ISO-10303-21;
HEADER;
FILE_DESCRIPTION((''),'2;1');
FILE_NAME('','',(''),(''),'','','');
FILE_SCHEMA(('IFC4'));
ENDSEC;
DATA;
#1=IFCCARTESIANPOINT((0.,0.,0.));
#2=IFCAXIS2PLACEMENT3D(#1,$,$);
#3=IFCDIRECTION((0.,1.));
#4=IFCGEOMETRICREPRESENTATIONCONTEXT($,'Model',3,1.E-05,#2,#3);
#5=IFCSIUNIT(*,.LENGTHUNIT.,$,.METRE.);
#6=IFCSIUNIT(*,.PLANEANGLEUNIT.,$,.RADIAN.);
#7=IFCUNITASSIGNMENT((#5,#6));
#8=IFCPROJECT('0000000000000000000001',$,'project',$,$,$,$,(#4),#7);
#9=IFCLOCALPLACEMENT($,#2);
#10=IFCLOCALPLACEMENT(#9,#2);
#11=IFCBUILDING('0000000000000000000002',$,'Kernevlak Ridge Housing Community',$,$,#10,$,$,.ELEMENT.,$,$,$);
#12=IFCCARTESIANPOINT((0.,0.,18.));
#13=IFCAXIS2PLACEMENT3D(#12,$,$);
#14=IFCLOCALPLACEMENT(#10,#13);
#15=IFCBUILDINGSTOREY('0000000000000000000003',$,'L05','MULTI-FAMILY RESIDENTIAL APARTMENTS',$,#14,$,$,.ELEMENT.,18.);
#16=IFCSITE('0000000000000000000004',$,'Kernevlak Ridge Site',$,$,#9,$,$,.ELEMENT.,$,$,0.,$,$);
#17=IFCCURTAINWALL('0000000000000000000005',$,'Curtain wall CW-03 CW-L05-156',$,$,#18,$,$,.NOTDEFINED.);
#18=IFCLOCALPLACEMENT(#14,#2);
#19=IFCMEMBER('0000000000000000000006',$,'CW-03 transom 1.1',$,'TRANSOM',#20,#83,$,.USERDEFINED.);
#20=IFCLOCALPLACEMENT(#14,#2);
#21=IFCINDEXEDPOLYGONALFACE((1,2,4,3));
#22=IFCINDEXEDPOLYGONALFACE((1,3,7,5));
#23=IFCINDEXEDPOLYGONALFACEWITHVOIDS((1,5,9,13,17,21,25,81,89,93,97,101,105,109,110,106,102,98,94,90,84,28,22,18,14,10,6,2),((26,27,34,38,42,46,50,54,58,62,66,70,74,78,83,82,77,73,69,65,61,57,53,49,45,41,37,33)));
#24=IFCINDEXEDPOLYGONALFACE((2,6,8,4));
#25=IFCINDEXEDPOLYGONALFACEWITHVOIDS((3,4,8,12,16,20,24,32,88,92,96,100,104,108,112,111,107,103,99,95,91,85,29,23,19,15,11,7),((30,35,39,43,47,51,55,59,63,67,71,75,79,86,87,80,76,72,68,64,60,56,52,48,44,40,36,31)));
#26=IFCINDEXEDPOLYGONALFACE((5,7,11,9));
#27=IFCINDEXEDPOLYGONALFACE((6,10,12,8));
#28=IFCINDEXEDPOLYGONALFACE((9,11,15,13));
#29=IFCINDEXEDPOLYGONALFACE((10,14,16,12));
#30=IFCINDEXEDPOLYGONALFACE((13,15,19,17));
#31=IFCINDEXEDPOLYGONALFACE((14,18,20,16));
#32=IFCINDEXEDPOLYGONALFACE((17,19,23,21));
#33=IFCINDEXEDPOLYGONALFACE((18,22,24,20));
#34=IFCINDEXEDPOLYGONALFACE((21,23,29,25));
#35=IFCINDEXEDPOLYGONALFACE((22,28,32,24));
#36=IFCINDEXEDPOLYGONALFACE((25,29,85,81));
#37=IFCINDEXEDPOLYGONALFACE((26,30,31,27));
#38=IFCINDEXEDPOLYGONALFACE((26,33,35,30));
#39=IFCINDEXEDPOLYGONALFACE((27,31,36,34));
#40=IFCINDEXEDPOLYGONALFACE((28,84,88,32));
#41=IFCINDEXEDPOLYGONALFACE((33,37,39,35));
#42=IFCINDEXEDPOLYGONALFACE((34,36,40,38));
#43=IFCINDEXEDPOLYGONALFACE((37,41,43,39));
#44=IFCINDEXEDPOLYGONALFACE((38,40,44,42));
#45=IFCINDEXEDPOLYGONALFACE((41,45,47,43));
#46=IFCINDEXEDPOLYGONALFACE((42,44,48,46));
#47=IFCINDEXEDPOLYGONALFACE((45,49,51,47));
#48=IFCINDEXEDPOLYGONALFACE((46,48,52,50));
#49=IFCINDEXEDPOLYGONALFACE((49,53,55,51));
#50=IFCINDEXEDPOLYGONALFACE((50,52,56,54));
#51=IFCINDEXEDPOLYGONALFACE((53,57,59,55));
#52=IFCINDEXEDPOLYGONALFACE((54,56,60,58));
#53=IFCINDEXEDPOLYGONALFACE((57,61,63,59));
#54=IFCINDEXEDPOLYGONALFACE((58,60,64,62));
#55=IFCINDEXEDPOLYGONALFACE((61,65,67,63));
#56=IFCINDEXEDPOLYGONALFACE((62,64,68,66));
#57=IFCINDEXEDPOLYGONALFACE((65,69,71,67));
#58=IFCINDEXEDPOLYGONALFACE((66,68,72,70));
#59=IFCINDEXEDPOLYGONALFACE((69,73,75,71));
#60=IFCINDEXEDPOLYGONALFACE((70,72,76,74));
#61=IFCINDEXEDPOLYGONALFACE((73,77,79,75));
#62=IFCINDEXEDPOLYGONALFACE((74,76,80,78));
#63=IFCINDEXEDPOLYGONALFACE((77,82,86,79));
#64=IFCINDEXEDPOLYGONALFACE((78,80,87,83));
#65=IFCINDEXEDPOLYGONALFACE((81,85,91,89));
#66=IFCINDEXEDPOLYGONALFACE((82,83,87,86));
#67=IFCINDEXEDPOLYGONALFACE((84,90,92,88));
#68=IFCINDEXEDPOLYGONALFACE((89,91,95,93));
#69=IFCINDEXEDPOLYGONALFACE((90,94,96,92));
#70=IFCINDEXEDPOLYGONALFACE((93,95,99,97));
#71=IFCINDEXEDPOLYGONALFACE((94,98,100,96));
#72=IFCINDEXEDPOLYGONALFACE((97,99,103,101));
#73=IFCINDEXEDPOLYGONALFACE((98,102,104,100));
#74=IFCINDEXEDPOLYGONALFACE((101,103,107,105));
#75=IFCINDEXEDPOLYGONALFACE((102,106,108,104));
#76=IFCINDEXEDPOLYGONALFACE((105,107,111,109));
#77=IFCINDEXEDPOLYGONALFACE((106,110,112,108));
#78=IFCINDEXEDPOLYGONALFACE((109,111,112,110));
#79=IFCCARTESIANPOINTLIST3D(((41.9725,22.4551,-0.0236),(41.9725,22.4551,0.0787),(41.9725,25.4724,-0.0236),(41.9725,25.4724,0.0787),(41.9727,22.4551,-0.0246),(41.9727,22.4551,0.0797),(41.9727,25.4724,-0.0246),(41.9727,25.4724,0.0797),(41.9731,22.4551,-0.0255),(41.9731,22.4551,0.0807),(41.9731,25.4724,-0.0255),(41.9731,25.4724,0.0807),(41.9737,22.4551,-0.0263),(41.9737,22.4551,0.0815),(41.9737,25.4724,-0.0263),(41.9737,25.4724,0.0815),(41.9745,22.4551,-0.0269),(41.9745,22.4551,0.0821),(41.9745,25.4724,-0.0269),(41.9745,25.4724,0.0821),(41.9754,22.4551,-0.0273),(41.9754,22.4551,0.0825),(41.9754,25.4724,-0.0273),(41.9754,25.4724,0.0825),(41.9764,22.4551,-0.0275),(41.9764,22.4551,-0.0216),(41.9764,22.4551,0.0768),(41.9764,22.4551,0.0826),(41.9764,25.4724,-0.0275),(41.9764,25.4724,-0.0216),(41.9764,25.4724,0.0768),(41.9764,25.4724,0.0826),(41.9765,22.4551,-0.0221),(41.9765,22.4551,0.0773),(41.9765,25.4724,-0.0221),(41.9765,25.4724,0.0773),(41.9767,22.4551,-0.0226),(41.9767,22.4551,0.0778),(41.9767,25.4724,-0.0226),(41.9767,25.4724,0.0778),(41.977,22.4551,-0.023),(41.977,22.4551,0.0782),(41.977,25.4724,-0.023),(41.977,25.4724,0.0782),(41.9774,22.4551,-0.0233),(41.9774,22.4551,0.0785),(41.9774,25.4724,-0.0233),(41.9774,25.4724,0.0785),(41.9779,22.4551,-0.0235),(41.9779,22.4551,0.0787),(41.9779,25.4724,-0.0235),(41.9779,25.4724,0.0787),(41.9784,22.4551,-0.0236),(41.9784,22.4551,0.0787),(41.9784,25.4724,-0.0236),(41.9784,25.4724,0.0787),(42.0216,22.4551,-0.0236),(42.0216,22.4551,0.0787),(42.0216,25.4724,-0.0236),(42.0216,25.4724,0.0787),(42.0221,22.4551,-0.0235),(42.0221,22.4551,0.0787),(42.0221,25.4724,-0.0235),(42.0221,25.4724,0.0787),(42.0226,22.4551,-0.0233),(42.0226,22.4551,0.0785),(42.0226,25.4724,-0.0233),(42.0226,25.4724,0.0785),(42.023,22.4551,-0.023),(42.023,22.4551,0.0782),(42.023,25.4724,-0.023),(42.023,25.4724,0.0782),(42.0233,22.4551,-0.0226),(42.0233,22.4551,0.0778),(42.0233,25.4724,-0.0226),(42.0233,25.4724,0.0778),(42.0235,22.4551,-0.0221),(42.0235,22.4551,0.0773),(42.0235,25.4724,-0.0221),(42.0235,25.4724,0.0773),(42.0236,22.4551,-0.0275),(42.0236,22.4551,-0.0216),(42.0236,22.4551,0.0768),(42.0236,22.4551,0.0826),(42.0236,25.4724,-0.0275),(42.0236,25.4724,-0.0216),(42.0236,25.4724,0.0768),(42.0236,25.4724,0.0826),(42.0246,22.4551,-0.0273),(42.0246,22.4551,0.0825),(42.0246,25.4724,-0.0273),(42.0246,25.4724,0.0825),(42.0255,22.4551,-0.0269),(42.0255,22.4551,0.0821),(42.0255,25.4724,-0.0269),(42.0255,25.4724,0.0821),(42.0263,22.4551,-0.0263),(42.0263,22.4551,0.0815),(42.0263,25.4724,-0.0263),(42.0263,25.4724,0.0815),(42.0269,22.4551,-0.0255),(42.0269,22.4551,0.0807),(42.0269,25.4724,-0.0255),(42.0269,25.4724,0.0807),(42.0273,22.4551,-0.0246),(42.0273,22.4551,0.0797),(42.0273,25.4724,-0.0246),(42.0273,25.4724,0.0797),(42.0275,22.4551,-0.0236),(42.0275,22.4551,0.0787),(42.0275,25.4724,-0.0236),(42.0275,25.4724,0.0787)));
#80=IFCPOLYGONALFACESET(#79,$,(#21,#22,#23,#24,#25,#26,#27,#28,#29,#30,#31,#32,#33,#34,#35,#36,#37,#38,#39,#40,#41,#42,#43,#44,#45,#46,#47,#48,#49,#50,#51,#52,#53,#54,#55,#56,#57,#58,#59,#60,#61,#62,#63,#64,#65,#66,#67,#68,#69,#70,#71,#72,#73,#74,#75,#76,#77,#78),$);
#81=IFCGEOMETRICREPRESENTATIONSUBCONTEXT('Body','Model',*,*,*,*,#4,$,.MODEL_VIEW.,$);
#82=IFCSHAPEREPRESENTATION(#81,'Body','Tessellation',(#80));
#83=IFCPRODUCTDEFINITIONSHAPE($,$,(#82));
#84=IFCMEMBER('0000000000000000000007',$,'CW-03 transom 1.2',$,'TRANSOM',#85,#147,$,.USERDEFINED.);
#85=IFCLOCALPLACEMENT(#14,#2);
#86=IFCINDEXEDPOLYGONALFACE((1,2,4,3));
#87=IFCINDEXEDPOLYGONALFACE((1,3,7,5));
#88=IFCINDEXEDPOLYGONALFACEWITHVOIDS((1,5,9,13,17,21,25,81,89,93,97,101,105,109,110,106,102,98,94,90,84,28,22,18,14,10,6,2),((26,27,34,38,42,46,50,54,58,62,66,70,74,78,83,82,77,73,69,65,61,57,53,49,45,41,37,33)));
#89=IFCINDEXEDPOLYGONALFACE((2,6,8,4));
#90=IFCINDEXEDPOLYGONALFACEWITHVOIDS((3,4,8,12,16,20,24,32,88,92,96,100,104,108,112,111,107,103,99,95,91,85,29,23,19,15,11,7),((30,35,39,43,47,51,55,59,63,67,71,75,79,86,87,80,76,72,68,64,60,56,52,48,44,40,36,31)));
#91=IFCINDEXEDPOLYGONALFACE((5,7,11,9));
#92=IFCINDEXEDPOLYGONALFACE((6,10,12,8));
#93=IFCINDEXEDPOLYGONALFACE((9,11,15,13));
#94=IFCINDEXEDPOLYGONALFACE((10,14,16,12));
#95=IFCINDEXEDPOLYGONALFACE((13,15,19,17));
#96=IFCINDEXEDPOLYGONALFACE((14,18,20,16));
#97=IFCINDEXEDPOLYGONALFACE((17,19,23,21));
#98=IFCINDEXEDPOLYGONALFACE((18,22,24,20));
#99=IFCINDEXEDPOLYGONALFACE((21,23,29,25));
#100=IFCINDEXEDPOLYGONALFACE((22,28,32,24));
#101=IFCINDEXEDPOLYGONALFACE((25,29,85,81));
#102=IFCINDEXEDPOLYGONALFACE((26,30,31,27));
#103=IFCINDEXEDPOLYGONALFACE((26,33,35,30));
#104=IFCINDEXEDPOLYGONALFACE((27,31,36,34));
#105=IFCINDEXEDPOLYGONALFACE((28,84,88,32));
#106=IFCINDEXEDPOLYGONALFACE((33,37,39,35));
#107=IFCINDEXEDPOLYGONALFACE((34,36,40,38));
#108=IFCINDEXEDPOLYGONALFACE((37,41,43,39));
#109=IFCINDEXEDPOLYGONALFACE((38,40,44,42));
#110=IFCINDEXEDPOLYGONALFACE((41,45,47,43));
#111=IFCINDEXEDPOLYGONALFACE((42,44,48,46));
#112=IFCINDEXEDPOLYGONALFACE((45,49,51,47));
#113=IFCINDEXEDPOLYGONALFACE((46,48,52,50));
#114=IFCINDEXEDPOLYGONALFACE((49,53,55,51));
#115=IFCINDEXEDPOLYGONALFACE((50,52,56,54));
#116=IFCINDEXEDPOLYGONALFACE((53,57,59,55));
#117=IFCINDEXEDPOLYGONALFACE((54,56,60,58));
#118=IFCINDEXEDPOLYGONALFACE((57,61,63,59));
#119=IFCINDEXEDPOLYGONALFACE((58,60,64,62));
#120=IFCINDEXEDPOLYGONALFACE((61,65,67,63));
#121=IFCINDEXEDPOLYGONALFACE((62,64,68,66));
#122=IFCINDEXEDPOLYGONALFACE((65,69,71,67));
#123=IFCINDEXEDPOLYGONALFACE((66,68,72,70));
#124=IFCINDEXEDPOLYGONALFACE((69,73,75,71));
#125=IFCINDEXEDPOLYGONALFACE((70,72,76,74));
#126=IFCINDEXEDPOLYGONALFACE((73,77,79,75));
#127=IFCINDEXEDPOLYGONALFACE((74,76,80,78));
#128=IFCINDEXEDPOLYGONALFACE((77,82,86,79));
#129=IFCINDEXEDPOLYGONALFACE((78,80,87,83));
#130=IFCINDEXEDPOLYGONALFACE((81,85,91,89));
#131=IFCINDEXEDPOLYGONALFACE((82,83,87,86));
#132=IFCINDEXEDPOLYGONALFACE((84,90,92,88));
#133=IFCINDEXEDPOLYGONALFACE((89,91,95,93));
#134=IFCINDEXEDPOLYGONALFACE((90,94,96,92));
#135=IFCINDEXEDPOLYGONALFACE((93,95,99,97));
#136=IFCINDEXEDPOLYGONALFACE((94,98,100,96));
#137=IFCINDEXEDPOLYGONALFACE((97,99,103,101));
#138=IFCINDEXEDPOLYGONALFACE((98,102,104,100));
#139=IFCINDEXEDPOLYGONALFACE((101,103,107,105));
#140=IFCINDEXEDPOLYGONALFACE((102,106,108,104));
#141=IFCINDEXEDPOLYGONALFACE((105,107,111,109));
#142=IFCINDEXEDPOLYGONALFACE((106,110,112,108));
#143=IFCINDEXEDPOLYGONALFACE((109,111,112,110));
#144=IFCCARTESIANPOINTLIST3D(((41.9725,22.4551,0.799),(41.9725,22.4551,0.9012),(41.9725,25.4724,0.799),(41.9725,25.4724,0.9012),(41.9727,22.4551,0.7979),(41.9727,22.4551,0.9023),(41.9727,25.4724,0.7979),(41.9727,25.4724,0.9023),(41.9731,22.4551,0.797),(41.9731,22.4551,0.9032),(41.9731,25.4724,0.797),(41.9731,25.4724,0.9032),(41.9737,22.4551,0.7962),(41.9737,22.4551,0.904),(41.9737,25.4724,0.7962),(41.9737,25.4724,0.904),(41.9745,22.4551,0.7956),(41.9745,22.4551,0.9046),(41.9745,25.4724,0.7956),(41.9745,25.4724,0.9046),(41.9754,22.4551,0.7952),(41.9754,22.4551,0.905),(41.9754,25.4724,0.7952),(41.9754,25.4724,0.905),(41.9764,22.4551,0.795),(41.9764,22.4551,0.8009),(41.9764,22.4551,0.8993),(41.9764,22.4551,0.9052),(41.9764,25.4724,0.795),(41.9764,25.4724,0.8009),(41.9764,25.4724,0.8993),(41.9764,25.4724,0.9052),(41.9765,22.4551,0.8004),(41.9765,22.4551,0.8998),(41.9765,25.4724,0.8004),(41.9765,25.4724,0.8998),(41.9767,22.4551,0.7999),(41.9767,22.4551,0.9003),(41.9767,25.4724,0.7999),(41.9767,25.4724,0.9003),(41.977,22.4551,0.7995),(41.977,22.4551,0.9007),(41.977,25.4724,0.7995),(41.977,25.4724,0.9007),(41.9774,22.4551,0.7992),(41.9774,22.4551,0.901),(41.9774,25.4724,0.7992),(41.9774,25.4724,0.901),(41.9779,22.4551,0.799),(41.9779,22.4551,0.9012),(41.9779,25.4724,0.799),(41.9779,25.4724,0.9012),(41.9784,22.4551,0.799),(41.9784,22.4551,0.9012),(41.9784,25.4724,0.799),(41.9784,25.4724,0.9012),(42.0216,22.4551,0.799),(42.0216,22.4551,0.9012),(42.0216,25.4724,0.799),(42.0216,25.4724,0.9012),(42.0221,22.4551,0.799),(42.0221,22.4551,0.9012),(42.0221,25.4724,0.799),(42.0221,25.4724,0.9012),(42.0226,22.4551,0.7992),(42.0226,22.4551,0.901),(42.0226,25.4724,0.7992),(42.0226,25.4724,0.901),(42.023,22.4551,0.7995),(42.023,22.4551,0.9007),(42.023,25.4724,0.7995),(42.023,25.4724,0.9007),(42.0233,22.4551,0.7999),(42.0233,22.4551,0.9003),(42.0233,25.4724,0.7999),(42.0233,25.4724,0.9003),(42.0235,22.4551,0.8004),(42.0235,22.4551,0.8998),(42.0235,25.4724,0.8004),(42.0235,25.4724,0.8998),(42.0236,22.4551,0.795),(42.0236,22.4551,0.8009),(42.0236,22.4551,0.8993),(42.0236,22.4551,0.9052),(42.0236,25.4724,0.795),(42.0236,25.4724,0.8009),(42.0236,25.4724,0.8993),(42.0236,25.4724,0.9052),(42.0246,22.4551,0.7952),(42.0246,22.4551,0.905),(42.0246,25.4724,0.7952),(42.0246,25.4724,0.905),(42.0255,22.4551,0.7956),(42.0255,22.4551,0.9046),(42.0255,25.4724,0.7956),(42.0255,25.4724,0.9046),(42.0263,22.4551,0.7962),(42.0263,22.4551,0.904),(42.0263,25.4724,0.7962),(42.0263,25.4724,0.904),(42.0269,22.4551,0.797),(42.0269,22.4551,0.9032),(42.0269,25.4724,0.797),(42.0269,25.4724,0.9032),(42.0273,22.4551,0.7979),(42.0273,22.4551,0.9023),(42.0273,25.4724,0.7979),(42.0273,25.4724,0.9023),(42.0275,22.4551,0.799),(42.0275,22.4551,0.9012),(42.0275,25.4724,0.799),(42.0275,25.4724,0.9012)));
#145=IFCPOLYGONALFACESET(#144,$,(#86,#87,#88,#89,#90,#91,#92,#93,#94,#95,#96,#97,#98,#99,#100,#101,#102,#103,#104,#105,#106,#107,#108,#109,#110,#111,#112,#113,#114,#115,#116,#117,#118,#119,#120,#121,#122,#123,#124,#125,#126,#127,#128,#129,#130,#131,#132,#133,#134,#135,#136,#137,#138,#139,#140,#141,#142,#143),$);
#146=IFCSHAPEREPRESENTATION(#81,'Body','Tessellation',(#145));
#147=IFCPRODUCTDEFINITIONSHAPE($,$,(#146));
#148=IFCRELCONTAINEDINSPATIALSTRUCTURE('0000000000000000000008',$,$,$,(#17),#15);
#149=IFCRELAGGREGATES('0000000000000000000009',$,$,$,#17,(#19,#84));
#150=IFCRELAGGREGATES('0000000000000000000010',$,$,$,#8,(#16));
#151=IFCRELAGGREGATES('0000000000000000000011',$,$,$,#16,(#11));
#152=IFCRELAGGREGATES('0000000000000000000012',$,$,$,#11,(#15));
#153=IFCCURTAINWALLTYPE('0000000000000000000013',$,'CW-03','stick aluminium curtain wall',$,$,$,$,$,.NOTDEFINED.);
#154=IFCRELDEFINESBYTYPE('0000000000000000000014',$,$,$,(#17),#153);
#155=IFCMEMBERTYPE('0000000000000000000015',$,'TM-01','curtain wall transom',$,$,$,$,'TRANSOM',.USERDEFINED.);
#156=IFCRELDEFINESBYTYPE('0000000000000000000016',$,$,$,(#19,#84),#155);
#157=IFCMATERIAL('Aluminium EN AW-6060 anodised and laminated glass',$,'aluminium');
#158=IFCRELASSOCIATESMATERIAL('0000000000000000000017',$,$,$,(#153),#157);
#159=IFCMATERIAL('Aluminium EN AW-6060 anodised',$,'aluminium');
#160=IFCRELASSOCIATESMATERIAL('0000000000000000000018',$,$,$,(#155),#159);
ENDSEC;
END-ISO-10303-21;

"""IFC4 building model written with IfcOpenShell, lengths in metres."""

from ifc_helpers import new_model, si_unit, direction, frame, origin, origin_2d, place, context, subcontext, project, spatial, hollow_rectangle, extrude, material, material_profile, profile_set, type_object, element, aggregate, save


model = new_model("IFC4")

# Units and contexts
model_context = context("Model", 3, precision=1e-05, world=origin(), true_north=direction((0.0, 1.0)))
body_context = subcontext(model_context, "Body", "Model", "MODEL_VIEW")
ifc_project = project(units=[si_unit("LENGTHUNIT", "METRE"), si_unit("PLANEANGLEUNIT", "RADIAN")], contexts=[model_context])

# Site, building, storey
site_placement = place(None, origin())
site = spatial("IfcSite", under=ifc_project, at=site_placement, Name="Kernevlak Ridge Site", CompositionType="ELEMENT", RefElevation=0.0)
building_placement = place(site_placement, origin())
building = spatial("IfcBuilding", under=site, at=building_placement, Name="Kernevlak Ridge Housing Community", CompositionType="ELEMENT")
storey_placement = place(building_placement, frame((0.0, 0.0, 18.0)))
storey = spatial("IfcBuildingStorey", under=building, at=storey_placement, Name="L05", Description="MULTI-FAMILY RESIDENTIAL APARTMENTS", CompositionType="ELEMENT", Elevation=18.0)

# Curtain wall
ifc_material_1 = material(Name="Aluminium EN AW-6060 anodised and laminated glass", Category="aluminium")
curtain_wall_type = type_object("IfcCurtainWallType", Name="CW-03", Description="stick aluminium curtain wall", PredefinedType="NOTDEFINED", material=ifc_material_1)
curtain_wall_placement = place(storey_placement, origin())
curtain_wall = element("IfcCurtainWall", 1, at=curtain_wall_placement, inside=storey, type_object=curtain_wall_type, Name="Curtain wall CW-03 CW-L05-156", PredefinedType="NOTDEFINED")
ifc_material_2 = material(Name="Aluminium EN AW-6060 anodised", Category="aluminium")

# Members
ifc_material_profile_1 = material_profile(ifc_material_2, hollow_rectangle(XDim=0.0549, YDim=0.1101, WallThickness=0.0039, InnerFilletRadius=0.002, OuterFilletRadius=0.0039, at=origin_2d()), Name="ALU 55x110x4")
ifc_profile_set_1 = profile_set([ifc_material_profile_1], Name="Aluminium EN AW-6060 anodised")
member_type_1 = type_object("IfcMemberType", Name="TM-01", Description="curtain wall transom", ElementType="TRANSOM", PredefinedType="USERDEFINED", material=ifc_profile_set_1)
member_1_placement = place(storey_placement, frame((42.0, 22.4551, 0.0276), z_axis=(0.0, 1.0, 0.0), x_axis=(-1.0, 0.0, 0.0)))
member_1 = element("IfcMember", 2, at=member_1_placement, type_object=member_type_1, Name="CW-03 transom 1.1", ObjectType="TRANSOM", PredefinedType="USERDEFINED", context=body_context, shape_type="SweptSolid", body=[
    extrude(hollow_rectangle(XDim=0.0549, YDim=0.1101, WallThickness=0.0039, InnerFilletRadius=0.002, OuterFilletRadius=0.0039, at=origin_2d()), origin(), (0.0, 0.0, 1.0), 3.0173),
])
member_2_placement = place(storey_placement, frame((42.0, 22.4551, 0.8501), z_axis=(0.0, 1.0, 0.0), x_axis=(-1.0, 0.0, 0.0)))
member_2 = element("IfcMember", 3, at=member_2_placement, type_object=member_type_1, Name="CW-03 transom 1.2", ObjectType="TRANSOM", PredefinedType="USERDEFINED", context=body_context, shape_type="SweptSolid", body=[
    extrude(hollow_rectangle(XDim=0.0549, YDim=0.1101, WallThickness=0.0039, InnerFilletRadius=0.002, OuterFilletRadius=0.0039, at=origin_2d()), origin(), (0.0, 0.0, 1.0), 3.0173),
])

aggregate(curtain_wall, [member_1, member_2])

save(model, "model.ifc")
